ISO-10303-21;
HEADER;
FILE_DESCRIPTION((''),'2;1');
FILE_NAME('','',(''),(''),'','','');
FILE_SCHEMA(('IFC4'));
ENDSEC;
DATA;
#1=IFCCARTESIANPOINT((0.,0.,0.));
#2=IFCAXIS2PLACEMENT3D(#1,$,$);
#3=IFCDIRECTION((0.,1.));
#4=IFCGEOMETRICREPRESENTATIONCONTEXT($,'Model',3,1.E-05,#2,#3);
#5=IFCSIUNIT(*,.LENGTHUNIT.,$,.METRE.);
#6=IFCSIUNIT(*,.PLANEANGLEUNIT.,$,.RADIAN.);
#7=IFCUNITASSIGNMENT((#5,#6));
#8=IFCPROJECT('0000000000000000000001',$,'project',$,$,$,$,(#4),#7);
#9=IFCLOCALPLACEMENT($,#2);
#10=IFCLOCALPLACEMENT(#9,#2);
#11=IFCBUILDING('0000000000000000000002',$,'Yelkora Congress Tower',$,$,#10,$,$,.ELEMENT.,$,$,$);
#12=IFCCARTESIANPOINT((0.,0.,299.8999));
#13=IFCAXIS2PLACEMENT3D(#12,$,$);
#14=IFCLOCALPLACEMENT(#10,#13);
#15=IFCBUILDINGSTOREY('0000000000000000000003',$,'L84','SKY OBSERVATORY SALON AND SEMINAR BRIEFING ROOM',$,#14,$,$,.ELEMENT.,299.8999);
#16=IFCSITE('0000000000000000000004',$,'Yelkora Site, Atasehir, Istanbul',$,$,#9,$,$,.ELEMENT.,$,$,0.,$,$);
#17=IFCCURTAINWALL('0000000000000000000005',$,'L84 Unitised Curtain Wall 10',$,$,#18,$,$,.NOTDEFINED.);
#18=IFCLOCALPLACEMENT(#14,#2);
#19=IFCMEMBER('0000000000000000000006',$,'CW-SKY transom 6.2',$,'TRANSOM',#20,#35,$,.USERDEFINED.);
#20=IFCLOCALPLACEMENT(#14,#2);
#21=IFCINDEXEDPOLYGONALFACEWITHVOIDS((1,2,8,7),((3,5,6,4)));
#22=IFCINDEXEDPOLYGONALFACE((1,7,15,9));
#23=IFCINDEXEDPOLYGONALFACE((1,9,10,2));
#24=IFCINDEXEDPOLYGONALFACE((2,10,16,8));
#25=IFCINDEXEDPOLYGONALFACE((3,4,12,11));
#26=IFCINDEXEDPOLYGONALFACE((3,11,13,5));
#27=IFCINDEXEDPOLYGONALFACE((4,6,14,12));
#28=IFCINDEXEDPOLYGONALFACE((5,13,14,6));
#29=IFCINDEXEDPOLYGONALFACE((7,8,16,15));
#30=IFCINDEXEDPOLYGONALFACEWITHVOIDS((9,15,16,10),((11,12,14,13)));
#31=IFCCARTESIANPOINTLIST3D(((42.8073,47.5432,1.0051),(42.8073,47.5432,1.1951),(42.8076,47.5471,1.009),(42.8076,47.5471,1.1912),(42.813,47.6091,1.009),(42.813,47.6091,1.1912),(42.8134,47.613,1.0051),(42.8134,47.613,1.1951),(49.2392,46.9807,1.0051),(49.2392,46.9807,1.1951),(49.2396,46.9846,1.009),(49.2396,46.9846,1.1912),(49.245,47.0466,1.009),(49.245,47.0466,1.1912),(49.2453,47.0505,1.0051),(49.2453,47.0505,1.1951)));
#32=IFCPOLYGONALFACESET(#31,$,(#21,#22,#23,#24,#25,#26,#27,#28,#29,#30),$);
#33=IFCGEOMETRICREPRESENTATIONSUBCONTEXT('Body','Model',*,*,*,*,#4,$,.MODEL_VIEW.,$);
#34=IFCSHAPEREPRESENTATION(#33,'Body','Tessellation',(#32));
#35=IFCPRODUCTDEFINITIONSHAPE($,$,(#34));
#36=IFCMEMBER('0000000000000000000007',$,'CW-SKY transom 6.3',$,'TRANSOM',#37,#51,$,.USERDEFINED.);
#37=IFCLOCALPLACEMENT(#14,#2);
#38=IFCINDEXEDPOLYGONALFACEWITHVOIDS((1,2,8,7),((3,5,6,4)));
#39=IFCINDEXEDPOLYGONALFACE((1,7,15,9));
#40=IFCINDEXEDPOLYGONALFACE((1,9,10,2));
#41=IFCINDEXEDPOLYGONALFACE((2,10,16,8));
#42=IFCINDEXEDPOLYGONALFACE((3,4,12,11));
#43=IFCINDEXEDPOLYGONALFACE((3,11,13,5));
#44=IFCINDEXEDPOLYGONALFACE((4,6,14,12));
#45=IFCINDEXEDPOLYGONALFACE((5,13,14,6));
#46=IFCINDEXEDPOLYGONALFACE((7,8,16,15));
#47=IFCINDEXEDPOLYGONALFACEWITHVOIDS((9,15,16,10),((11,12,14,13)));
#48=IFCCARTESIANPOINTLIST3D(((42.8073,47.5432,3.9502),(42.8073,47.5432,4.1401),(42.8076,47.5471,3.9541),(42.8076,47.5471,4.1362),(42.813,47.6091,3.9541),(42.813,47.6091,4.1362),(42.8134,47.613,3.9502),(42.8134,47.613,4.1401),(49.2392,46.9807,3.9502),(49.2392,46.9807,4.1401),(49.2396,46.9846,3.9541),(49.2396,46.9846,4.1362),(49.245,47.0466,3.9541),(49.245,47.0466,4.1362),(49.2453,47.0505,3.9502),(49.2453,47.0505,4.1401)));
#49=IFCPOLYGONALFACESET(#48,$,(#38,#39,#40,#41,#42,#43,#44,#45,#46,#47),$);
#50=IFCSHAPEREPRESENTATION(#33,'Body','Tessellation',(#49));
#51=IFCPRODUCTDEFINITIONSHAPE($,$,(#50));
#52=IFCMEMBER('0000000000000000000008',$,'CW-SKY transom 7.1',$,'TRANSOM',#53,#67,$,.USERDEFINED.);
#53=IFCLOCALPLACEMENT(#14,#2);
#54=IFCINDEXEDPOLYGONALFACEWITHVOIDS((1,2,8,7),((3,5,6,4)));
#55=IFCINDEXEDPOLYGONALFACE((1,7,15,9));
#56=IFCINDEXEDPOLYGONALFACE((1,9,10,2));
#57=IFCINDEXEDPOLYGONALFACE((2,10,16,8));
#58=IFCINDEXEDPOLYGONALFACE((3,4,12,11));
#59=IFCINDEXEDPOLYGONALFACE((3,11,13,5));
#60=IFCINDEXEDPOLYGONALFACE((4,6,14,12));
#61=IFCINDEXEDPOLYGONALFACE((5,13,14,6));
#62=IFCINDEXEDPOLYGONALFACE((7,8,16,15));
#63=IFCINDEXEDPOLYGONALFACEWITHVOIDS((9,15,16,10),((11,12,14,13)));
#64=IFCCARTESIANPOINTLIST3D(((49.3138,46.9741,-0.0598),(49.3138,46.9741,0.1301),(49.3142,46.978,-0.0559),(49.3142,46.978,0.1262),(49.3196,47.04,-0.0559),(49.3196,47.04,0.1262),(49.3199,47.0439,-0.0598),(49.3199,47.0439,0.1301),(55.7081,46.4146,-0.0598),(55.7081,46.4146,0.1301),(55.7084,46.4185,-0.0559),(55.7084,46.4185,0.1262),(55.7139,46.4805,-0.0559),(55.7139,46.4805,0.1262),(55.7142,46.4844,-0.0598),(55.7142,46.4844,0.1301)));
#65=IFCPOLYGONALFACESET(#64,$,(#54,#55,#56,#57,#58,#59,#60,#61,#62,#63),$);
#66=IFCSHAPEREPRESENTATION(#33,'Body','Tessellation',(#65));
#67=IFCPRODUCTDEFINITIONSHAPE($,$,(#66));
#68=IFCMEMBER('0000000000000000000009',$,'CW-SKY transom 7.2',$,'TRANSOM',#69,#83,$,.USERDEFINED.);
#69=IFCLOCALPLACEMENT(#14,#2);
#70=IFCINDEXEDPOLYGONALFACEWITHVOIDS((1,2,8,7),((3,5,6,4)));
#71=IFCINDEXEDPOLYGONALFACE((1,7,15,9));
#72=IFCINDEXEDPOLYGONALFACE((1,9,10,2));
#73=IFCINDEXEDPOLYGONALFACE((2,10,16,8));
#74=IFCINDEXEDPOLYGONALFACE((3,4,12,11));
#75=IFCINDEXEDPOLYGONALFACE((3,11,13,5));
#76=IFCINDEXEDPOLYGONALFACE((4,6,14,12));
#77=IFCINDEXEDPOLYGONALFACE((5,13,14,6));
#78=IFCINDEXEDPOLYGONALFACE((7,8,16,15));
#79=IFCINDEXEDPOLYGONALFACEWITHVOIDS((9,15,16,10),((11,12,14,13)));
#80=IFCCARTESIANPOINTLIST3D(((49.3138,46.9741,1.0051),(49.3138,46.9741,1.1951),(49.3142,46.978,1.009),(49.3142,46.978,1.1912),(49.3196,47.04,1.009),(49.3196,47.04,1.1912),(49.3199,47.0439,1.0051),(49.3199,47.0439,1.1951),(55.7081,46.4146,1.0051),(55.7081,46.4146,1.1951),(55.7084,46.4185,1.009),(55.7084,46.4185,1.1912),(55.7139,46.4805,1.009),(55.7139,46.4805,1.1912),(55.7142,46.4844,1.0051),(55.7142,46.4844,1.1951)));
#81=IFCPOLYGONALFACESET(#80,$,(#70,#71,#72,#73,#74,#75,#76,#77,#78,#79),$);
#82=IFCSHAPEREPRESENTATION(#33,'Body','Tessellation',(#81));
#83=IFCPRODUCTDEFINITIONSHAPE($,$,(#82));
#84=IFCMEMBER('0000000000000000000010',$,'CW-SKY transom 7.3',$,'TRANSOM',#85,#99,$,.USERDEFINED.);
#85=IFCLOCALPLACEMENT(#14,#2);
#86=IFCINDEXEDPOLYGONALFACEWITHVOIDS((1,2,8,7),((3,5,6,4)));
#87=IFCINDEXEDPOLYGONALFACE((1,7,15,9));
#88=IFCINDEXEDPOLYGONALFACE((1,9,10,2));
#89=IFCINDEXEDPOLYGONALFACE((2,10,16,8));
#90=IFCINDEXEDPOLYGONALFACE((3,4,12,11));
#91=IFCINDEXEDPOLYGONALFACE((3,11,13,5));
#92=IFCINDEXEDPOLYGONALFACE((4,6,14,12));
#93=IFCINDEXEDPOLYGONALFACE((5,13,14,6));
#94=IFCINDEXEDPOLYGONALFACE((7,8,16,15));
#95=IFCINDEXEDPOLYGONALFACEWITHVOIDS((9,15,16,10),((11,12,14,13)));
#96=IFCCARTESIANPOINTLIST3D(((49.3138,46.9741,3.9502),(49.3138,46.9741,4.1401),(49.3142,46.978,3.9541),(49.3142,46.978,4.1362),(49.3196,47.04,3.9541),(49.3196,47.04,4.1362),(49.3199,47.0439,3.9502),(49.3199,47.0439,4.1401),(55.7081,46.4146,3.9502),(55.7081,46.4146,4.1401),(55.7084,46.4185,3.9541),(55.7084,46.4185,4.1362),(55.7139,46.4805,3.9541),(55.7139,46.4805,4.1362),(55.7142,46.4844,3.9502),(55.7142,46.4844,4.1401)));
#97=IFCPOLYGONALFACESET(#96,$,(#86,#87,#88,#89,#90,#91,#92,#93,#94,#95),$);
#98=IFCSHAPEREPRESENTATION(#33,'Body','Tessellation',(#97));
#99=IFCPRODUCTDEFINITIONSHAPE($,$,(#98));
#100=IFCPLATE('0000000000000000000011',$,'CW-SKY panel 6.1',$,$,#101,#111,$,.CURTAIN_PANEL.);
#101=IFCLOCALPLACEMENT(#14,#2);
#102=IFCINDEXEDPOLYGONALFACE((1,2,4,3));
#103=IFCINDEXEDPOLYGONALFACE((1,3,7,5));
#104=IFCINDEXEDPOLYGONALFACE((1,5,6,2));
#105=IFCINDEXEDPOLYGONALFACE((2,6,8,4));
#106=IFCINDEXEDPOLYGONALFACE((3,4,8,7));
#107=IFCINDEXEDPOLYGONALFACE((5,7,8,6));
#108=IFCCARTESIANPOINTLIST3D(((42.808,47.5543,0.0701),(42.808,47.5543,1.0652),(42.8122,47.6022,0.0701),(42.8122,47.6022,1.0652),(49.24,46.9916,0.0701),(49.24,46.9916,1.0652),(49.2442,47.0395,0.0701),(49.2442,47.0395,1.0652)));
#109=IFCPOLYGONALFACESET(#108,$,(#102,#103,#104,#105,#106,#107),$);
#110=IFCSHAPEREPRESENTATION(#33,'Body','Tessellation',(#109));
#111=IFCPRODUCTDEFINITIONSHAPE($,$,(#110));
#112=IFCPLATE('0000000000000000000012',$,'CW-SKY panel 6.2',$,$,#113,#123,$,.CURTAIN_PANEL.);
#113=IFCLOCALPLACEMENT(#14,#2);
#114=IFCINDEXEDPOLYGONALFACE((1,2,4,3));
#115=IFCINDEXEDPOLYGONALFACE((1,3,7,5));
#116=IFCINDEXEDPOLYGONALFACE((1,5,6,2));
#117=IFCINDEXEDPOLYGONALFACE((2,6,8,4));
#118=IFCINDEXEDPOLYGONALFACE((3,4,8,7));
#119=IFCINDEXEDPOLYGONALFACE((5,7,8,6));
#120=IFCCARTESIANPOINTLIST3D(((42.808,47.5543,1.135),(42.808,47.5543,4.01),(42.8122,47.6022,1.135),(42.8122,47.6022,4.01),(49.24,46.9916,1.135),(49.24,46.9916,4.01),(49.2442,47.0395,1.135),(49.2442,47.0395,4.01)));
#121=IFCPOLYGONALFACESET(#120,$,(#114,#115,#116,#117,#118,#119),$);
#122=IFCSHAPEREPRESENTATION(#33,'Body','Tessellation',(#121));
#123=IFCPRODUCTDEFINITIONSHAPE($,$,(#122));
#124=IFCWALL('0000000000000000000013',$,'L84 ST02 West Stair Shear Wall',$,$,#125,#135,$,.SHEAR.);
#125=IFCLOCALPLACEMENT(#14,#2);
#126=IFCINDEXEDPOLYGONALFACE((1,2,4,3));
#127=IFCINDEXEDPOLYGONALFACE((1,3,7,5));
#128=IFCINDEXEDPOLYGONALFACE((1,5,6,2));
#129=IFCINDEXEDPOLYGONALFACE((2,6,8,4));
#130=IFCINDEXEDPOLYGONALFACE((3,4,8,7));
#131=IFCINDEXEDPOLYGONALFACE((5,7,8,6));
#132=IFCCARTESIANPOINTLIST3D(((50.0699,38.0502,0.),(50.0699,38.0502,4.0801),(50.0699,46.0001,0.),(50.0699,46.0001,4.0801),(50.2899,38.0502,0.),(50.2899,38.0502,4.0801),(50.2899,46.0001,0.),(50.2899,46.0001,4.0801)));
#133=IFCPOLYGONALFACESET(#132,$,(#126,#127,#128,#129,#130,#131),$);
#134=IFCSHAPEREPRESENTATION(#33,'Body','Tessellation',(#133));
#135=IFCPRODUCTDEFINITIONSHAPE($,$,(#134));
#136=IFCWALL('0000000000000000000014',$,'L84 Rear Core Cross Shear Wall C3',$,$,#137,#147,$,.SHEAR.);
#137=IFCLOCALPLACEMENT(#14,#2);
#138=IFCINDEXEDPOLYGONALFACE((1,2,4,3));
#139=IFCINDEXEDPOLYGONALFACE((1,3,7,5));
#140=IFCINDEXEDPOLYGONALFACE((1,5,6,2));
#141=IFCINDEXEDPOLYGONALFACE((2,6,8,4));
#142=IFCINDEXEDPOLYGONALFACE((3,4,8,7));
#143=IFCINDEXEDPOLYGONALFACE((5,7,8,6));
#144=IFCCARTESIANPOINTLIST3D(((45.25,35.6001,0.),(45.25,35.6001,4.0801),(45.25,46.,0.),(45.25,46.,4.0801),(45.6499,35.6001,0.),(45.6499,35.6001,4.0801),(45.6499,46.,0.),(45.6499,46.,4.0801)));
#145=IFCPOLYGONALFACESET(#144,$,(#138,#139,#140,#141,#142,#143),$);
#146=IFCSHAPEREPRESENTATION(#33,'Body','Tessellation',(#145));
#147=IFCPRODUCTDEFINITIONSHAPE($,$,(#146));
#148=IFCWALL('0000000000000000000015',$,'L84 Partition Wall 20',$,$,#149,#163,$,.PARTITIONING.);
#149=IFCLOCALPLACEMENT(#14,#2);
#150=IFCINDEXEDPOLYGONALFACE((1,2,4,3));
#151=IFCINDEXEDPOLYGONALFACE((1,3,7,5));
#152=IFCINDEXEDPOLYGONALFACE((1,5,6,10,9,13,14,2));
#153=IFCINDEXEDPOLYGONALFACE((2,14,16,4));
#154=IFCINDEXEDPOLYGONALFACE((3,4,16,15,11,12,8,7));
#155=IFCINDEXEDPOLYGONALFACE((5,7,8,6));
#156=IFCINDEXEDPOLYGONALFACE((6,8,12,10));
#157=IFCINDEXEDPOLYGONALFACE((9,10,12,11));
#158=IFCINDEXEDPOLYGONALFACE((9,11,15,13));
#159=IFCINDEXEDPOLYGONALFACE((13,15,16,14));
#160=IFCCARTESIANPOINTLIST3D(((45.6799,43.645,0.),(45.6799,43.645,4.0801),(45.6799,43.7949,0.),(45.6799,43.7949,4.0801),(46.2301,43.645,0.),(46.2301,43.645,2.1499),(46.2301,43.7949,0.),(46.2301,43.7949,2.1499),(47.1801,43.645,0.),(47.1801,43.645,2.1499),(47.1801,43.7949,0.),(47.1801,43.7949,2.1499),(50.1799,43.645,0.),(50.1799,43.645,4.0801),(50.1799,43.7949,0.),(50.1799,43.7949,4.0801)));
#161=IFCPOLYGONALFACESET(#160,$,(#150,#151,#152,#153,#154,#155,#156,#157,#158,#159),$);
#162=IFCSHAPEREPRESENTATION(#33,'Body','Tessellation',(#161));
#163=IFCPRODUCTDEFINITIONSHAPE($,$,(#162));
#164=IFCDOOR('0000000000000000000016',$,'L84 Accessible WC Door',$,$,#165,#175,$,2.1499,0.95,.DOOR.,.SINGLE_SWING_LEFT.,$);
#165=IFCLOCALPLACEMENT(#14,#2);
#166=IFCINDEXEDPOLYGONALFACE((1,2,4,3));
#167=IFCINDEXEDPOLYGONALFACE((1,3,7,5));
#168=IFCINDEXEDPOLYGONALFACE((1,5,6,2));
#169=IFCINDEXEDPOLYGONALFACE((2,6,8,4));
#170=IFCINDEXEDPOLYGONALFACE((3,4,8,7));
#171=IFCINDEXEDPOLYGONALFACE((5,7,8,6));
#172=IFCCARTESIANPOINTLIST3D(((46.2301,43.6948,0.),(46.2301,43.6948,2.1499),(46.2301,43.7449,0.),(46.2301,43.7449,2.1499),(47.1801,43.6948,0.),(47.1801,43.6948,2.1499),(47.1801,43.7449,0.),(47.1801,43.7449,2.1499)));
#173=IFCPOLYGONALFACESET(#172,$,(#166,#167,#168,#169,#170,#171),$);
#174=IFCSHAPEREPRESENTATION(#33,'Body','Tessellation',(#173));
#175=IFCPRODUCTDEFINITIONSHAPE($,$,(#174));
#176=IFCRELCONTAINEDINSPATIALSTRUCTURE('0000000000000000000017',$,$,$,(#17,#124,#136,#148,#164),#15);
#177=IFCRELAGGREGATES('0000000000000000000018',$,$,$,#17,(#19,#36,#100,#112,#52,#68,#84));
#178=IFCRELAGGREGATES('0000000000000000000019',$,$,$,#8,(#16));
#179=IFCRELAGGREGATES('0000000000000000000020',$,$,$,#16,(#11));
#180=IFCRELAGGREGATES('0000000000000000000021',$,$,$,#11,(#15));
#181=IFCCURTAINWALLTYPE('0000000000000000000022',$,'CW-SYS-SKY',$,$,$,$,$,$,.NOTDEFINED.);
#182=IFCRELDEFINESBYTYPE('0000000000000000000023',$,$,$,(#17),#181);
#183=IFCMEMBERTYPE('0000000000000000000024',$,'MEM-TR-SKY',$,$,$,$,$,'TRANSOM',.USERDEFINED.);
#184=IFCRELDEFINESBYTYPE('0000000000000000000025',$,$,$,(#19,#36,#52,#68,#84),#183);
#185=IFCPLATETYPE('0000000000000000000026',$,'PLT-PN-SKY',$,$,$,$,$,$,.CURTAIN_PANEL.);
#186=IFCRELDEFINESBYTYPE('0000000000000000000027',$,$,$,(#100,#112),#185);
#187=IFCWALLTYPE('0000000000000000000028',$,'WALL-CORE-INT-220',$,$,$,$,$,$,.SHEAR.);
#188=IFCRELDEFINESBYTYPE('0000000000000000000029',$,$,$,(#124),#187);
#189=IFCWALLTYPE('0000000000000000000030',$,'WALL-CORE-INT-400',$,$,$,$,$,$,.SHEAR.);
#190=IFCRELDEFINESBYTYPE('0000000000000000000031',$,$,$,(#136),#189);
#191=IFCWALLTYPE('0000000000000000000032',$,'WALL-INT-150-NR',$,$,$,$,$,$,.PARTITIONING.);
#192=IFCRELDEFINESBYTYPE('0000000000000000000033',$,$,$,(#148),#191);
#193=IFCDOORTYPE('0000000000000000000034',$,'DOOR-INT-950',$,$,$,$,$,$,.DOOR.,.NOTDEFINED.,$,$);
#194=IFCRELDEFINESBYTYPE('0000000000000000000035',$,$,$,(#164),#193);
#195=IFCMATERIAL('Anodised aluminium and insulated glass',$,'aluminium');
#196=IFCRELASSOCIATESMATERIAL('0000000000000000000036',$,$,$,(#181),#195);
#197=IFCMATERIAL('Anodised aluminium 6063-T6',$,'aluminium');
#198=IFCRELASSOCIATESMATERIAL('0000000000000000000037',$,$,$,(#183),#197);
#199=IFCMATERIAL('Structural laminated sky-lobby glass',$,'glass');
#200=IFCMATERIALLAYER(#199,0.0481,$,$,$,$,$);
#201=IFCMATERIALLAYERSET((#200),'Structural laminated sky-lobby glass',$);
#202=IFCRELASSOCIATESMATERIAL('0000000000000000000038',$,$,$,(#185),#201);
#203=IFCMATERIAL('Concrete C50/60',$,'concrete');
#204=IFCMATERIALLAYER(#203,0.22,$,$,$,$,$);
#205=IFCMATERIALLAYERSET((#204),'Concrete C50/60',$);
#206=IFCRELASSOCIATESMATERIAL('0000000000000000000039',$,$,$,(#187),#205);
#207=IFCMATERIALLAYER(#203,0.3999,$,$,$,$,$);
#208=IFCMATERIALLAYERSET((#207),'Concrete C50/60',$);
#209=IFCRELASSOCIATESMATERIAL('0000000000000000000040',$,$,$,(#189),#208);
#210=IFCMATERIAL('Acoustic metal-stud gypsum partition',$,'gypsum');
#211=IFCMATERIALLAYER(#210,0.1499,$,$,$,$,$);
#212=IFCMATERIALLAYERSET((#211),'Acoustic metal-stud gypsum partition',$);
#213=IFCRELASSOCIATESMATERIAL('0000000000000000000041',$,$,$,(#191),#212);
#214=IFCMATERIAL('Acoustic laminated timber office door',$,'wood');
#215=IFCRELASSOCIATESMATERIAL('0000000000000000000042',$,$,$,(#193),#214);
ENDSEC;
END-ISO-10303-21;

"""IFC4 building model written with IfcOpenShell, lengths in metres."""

from ifc_helpers import new_model, si_unit, direction, frame, frame_2d, origin, origin_2d, place, context, subcontext, project, spatial, rectangle, hollow_rectangle, extrude, material, layer, layer_set, material_profile, profile_set, type_object, element, fill, aggregate, save


model = new_model("IFC4")

# Units and contexts
model_context = context("Model", 3, precision=1e-05, world=origin(), true_north=direction((0.0, 1.0)))
body_context = subcontext(model_context, "Body", "Model", "MODEL_VIEW")
ifc_project = project(units=[si_unit("LENGTHUNIT", "METRE"), si_unit("PLANEANGLEUNIT", "RADIAN")], contexts=[model_context])

# Site, building, storey
site_placement = place(None, origin())
site = spatial("IfcSite", under=ifc_project, at=site_placement, Name="Yelkora Site, Atasehir, Istanbul", CompositionType="ELEMENT", RefElevation=0.0)
building_placement = place(site_placement, origin())
building = spatial("IfcBuilding", under=site, at=building_placement, Name="Yelkora Congress Tower", CompositionType="ELEMENT")
storey_placement = place(building_placement, frame((0.0, 0.0, 299.8999)))
storey = spatial("IfcBuildingStorey", under=building, at=storey_placement, Name="L84", Description="SKY OBSERVATORY SALON AND SEMINAR BRIEFING ROOM", CompositionType="ELEMENT", Elevation=299.8999)

# Curtain wall, members, plates
ifc_material_1 = material(Name="Anodised aluminium and insulated glass", Category="aluminium")
curtain_wall_type = type_object("IfcCurtainWallType", Name="CW-SYS-SKY", PredefinedType="NOTDEFINED", material=ifc_material_1)
curtain_wall_placement = place(storey_placement, origin())
curtain_wall = element("IfcCurtainWall", 1, at=curtain_wall_placement, inside=storey, type_object=curtain_wall_type, Name="L84 Unitised Curtain Wall 10", PredefinedType="NOTDEFINED")
ifc_material_2 = material(Name="Anodised aluminium 6063-T6", Category="aluminium")
ifc_material_profile_1 = material_profile(ifc_material_2, hollow_rectangle(XDim=0.0701, YDim=0.1899, WallThickness=0.0039, at=origin_2d()), Name="ALU 70x190x4")
ifc_profile_set_1 = profile_set([ifc_material_profile_1], Name="Anodised aluminium 6063-T6")
member_type_1 = type_object("IfcMemberType", Name="MEM-TR-SKY", ElementType="TRANSOM", PredefinedType="USERDEFINED", material=ifc_profile_set_1)
member_1_placement = place(storey_placement, frame((42.8103, 47.5781, 1.1001), z_axis=(0.996198, -0.087122, 0.0), x_axis=(0.087122, 0.996198, 0.0)))
member_1 = element("IfcMember", 2, at=member_1_placement, type_object=member_type_1, Name="CW-SKY transom 6.2", ObjectType="TRANSOM", PredefinedType="USERDEFINED", context=body_context, shape_type="SweptSolid", body=[
    extrude(hollow_rectangle(XDim=0.0701, YDim=0.1899, WallThickness=0.0039, at=origin_2d()), origin(), (0.0, 0.0, 1.0), 6.4565),
])
member_2_placement = place(storey_placement, frame((42.8103, 47.5781, 4.0452), z_axis=(0.996198, -0.087122, 0.0), x_axis=(0.087122, 0.996198, 0.0)))
member_2 = element("IfcMember", 3, at=member_2_placement, type_object=member_type_1, Name="CW-SKY transom 6.3", ObjectType="TRANSOM", PredefinedType="USERDEFINED", context=body_context, shape_type="SweptSolid", body=[
    extrude(hollow_rectangle(XDim=0.0701, YDim=0.1899, WallThickness=0.0039, at=origin_2d()), origin(), (0.0, 0.0, 1.0), 6.4565),
])
member_3_placement = place(storey_placement, frame((49.3169, 47.009, 0.0352), z_axis=(0.996193, -0.087178, 0.0), x_axis=(0.087178, 0.996193, 0.0)))
member_3 = element("IfcMember", 4, at=member_3_placement, type_object=member_type_1, Name="CW-SKY transom 7.1", ObjectType="TRANSOM", PredefinedType="USERDEFINED", context=body_context, shape_type="SweptSolid", body=[
    extrude(hollow_rectangle(XDim=0.0701, YDim=0.1899, WallThickness=0.0039, at=origin_2d()), origin(), (0.0, 0.0, 1.0), 6.4187),
])
member_4_placement = place(storey_placement, frame((49.3169, 47.009, 1.1001), z_axis=(0.996193, -0.087178, 0.0), x_axis=(0.087178, 0.996193, 0.0)))
member_4 = element("IfcMember", 5, at=member_4_placement, type_object=member_type_1, Name="CW-SKY transom 7.2", ObjectType="TRANSOM", PredefinedType="USERDEFINED", context=body_context, shape_type="SweptSolid", body=[
    extrude(hollow_rectangle(XDim=0.0701, YDim=0.1899, WallThickness=0.0039, at=origin_2d()), origin(), (0.0, 0.0, 1.0), 6.4187),
])
member_5_placement = place(storey_placement, frame((49.3169, 47.009, 4.0452), z_axis=(0.996193, -0.087178, 0.0), x_axis=(0.087178, 0.996193, 0.0)))
member_5 = element("IfcMember", 6, at=member_5_placement, type_object=member_type_1, Name="CW-SKY transom 7.3", ObjectType="TRANSOM", PredefinedType="USERDEFINED", context=body_context, shape_type="SweptSolid", body=[
    extrude(hollow_rectangle(XDim=0.0701, YDim=0.1899, WallThickness=0.0039, at=origin_2d()), origin(), (0.0, 0.0, 1.0), 6.4187),
])
ifc_material_3 = material(Name="Structural laminated sky-lobby glass", Category="glass")
ifc_layer_1 = layer(ifc_material_3, 0.0481)
ifc_layer_set_1 = layer_set([ifc_layer_1], Name="Structural laminated sky-lobby glass")
plate_type = type_object("IfcPlateType", Name="PLT-PN-SKY", PredefinedType="CURTAIN_PANEL", material=ifc_layer_set_1)
plate_1_placement = place(storey_placement, frame((46.0261, 47.2969, 0.0701), z_axis=(0.0, 0.0, 1.0), x_axis=(0.996195, -0.087157, 0.0)))
plate_1 = element("IfcPlate", 7, at=plate_1_placement, type_object=plate_type, Name="CW-SKY panel 6.1", PredefinedType="CURTAIN_PANEL", context=body_context, shape_type="SweptSolid", body=[
    extrude(rectangle(XDim=6.4565, YDim=0.0481, at=origin_2d()), origin(), (0.0, 0.0, 1.0), 0.9951),
])
plate_2_placement = place(storey_placement, frame((46.0261, 47.2969, 1.135), z_axis=(0.0, 0.0, 1.0), x_axis=(0.996195, -0.087157, 0.0)))
plate_2 = element("IfcPlate", 8, at=plate_2_placement, type_object=plate_type, Name="CW-SKY panel 6.2", PredefinedType="CURTAIN_PANEL", context=body_context, shape_type="SweptSolid", body=[
    extrude(rectangle(XDim=6.4565, YDim=0.0481, at=origin_2d()), origin(), (0.0, 0.0, 1.0), 2.875),
])
aggregate(curtain_wall, [member_1, member_2, plate_1, plate_2, member_3, member_4, member_5])

# Walls
ifc_material_4 = material(Name="Concrete C50/60", Category="concrete")
ifc_layer_2 = layer(ifc_material_4, 0.22)
ifc_layer_set_2 = layer_set([ifc_layer_2], Name="Concrete C50/60")
wall_type_1 = type_object("IfcWallType", Name="WALL-CORE-INT-220", PredefinedType="SHEAR", material=ifc_layer_set_2)
wall_1_placement = place(storey_placement, frame((50.1799, 38.05, 0.0), z_axis=(0.0, 0.0, 1.0), x_axis=(0.0, 1.0, 0.0)))
element("IfcWall", 9, at=wall_1_placement, inside=storey, type_object=wall_type_1, Name="L84 ST02 West Stair Shear Wall", PredefinedType="SHEAR", context=body_context, shape_type="SweptSolid", body=[
    extrude(rectangle(XDim=7.95, YDim=0.22, at=frame_2d((3.9751, 0.0))), origin(), (0.0, 0.0, 1.0), 4.0801),
])
ifc_layer_3 = layer(ifc_material_4, 0.3999)
ifc_layer_set_3 = layer_set([ifc_layer_3], Name="Concrete C50/60")
wall_type_2 = type_object("IfcWallType", Name="WALL-CORE-INT-400", PredefinedType="SHEAR", material=ifc_layer_set_3)
wall_2_placement = place(storey_placement, frame((45.45, 35.6001, 0.0), z_axis=(0.0, 0.0, 1.0), x_axis=(0.0, 1.0, 0.0)))
element("IfcWall", 10, at=wall_2_placement, inside=storey, type_object=wall_type_2, Name="L84 Rear Core Cross Shear Wall C3", PredefinedType="SHEAR", context=body_context, shape_type="SweptSolid", body=[
    extrude(rectangle(XDim=10.3999, YDim=0.3999, at=frame_2d((5.2, 0.0))), origin(), (0.0, 0.0, 1.0), 4.0801),
])

# Wall, opening, door
ifc_material_5 = material(Name="Acoustic metal-stud gypsum partition", Category="gypsum")
ifc_layer_4 = layer(ifc_material_5, 0.1499)
ifc_layer_set_4 = layer_set([ifc_layer_4], Name="Acoustic metal-stud gypsum partition")
wall_type_3 = type_object("IfcWallType", Name="WALL-INT-150-NR", PredefinedType="PARTITIONING", material=ifc_layer_set_4)
wall_3_placement = place(storey_placement, frame((45.6799, 43.72, 0.0), z_axis=(0.0, 0.0, 1.0), x_axis=(1.0, 0.0, 0.0)))
wall_3 = element("IfcWall", 11, at=wall_3_placement, inside=storey, type_object=wall_type_3, Name="L84 Partition Wall 20", PredefinedType="PARTITIONING", context=body_context, shape_type="SweptSolid", body=[
    extrude(rectangle(XDim=4.5, YDim=0.1499, at=frame_2d((2.25, 0.0))), origin(), (0.0, 0.0, 1.0), 4.0801),
])
opening_1_placement = place(wall_3_placement, frame((0.55, 0.0, 0.0)))
opening_1 = element("IfcOpeningElement", 12, at=opening_1_placement, cuts=wall_3, PredefinedType="OPENING", context=body_context, shape_type="SweptSolid", body=[
    extrude(rectangle(XDim=0.95, YDim=2.1499, at=frame_2d((0.4751, 1.075))), frame((0.0, 0.085, 0.0), z_axis=(0.0, -1.0, 0.0), x_axis=(1.0, 0.0, 0.0)), (0.0, 0.0, 1.0), 0.1699),
])
ifc_material_6 = material(Name="Acoustic laminated timber office door", Category="wood")
door_type_1 = type_object("IfcDoorType", Name="DOOR-INT-950", OperationType="NOTDEFINED", PredefinedType="DOOR", material=ifc_material_6)
door_1_placement = place(opening_1_placement, origin())
door_1 = element("IfcDoor", 13, at=door_1_placement, inside=storey, type_object=door_type_1, Name="L84 Accessible WC Door", OperationType="SINGLE_SWING_LEFT", OverallHeight=2.1499, OverallWidth=0.95, PredefinedType="DOOR", context=body_context, shape_type="SweptSolid", body=[
    extrude(rectangle(XDim=0.95, YDim=2.1499, at=frame_2d((0.4751, 1.075))), frame((0.0, 0.0249, 0.0), z_axis=(0.0, -1.0, 0.0), x_axis=(1.0, 0.0, 0.0)), (0.0, 0.0, 1.0), 0.05),
])
fill(opening_1, door_1)

save(model, "model.ifc")
